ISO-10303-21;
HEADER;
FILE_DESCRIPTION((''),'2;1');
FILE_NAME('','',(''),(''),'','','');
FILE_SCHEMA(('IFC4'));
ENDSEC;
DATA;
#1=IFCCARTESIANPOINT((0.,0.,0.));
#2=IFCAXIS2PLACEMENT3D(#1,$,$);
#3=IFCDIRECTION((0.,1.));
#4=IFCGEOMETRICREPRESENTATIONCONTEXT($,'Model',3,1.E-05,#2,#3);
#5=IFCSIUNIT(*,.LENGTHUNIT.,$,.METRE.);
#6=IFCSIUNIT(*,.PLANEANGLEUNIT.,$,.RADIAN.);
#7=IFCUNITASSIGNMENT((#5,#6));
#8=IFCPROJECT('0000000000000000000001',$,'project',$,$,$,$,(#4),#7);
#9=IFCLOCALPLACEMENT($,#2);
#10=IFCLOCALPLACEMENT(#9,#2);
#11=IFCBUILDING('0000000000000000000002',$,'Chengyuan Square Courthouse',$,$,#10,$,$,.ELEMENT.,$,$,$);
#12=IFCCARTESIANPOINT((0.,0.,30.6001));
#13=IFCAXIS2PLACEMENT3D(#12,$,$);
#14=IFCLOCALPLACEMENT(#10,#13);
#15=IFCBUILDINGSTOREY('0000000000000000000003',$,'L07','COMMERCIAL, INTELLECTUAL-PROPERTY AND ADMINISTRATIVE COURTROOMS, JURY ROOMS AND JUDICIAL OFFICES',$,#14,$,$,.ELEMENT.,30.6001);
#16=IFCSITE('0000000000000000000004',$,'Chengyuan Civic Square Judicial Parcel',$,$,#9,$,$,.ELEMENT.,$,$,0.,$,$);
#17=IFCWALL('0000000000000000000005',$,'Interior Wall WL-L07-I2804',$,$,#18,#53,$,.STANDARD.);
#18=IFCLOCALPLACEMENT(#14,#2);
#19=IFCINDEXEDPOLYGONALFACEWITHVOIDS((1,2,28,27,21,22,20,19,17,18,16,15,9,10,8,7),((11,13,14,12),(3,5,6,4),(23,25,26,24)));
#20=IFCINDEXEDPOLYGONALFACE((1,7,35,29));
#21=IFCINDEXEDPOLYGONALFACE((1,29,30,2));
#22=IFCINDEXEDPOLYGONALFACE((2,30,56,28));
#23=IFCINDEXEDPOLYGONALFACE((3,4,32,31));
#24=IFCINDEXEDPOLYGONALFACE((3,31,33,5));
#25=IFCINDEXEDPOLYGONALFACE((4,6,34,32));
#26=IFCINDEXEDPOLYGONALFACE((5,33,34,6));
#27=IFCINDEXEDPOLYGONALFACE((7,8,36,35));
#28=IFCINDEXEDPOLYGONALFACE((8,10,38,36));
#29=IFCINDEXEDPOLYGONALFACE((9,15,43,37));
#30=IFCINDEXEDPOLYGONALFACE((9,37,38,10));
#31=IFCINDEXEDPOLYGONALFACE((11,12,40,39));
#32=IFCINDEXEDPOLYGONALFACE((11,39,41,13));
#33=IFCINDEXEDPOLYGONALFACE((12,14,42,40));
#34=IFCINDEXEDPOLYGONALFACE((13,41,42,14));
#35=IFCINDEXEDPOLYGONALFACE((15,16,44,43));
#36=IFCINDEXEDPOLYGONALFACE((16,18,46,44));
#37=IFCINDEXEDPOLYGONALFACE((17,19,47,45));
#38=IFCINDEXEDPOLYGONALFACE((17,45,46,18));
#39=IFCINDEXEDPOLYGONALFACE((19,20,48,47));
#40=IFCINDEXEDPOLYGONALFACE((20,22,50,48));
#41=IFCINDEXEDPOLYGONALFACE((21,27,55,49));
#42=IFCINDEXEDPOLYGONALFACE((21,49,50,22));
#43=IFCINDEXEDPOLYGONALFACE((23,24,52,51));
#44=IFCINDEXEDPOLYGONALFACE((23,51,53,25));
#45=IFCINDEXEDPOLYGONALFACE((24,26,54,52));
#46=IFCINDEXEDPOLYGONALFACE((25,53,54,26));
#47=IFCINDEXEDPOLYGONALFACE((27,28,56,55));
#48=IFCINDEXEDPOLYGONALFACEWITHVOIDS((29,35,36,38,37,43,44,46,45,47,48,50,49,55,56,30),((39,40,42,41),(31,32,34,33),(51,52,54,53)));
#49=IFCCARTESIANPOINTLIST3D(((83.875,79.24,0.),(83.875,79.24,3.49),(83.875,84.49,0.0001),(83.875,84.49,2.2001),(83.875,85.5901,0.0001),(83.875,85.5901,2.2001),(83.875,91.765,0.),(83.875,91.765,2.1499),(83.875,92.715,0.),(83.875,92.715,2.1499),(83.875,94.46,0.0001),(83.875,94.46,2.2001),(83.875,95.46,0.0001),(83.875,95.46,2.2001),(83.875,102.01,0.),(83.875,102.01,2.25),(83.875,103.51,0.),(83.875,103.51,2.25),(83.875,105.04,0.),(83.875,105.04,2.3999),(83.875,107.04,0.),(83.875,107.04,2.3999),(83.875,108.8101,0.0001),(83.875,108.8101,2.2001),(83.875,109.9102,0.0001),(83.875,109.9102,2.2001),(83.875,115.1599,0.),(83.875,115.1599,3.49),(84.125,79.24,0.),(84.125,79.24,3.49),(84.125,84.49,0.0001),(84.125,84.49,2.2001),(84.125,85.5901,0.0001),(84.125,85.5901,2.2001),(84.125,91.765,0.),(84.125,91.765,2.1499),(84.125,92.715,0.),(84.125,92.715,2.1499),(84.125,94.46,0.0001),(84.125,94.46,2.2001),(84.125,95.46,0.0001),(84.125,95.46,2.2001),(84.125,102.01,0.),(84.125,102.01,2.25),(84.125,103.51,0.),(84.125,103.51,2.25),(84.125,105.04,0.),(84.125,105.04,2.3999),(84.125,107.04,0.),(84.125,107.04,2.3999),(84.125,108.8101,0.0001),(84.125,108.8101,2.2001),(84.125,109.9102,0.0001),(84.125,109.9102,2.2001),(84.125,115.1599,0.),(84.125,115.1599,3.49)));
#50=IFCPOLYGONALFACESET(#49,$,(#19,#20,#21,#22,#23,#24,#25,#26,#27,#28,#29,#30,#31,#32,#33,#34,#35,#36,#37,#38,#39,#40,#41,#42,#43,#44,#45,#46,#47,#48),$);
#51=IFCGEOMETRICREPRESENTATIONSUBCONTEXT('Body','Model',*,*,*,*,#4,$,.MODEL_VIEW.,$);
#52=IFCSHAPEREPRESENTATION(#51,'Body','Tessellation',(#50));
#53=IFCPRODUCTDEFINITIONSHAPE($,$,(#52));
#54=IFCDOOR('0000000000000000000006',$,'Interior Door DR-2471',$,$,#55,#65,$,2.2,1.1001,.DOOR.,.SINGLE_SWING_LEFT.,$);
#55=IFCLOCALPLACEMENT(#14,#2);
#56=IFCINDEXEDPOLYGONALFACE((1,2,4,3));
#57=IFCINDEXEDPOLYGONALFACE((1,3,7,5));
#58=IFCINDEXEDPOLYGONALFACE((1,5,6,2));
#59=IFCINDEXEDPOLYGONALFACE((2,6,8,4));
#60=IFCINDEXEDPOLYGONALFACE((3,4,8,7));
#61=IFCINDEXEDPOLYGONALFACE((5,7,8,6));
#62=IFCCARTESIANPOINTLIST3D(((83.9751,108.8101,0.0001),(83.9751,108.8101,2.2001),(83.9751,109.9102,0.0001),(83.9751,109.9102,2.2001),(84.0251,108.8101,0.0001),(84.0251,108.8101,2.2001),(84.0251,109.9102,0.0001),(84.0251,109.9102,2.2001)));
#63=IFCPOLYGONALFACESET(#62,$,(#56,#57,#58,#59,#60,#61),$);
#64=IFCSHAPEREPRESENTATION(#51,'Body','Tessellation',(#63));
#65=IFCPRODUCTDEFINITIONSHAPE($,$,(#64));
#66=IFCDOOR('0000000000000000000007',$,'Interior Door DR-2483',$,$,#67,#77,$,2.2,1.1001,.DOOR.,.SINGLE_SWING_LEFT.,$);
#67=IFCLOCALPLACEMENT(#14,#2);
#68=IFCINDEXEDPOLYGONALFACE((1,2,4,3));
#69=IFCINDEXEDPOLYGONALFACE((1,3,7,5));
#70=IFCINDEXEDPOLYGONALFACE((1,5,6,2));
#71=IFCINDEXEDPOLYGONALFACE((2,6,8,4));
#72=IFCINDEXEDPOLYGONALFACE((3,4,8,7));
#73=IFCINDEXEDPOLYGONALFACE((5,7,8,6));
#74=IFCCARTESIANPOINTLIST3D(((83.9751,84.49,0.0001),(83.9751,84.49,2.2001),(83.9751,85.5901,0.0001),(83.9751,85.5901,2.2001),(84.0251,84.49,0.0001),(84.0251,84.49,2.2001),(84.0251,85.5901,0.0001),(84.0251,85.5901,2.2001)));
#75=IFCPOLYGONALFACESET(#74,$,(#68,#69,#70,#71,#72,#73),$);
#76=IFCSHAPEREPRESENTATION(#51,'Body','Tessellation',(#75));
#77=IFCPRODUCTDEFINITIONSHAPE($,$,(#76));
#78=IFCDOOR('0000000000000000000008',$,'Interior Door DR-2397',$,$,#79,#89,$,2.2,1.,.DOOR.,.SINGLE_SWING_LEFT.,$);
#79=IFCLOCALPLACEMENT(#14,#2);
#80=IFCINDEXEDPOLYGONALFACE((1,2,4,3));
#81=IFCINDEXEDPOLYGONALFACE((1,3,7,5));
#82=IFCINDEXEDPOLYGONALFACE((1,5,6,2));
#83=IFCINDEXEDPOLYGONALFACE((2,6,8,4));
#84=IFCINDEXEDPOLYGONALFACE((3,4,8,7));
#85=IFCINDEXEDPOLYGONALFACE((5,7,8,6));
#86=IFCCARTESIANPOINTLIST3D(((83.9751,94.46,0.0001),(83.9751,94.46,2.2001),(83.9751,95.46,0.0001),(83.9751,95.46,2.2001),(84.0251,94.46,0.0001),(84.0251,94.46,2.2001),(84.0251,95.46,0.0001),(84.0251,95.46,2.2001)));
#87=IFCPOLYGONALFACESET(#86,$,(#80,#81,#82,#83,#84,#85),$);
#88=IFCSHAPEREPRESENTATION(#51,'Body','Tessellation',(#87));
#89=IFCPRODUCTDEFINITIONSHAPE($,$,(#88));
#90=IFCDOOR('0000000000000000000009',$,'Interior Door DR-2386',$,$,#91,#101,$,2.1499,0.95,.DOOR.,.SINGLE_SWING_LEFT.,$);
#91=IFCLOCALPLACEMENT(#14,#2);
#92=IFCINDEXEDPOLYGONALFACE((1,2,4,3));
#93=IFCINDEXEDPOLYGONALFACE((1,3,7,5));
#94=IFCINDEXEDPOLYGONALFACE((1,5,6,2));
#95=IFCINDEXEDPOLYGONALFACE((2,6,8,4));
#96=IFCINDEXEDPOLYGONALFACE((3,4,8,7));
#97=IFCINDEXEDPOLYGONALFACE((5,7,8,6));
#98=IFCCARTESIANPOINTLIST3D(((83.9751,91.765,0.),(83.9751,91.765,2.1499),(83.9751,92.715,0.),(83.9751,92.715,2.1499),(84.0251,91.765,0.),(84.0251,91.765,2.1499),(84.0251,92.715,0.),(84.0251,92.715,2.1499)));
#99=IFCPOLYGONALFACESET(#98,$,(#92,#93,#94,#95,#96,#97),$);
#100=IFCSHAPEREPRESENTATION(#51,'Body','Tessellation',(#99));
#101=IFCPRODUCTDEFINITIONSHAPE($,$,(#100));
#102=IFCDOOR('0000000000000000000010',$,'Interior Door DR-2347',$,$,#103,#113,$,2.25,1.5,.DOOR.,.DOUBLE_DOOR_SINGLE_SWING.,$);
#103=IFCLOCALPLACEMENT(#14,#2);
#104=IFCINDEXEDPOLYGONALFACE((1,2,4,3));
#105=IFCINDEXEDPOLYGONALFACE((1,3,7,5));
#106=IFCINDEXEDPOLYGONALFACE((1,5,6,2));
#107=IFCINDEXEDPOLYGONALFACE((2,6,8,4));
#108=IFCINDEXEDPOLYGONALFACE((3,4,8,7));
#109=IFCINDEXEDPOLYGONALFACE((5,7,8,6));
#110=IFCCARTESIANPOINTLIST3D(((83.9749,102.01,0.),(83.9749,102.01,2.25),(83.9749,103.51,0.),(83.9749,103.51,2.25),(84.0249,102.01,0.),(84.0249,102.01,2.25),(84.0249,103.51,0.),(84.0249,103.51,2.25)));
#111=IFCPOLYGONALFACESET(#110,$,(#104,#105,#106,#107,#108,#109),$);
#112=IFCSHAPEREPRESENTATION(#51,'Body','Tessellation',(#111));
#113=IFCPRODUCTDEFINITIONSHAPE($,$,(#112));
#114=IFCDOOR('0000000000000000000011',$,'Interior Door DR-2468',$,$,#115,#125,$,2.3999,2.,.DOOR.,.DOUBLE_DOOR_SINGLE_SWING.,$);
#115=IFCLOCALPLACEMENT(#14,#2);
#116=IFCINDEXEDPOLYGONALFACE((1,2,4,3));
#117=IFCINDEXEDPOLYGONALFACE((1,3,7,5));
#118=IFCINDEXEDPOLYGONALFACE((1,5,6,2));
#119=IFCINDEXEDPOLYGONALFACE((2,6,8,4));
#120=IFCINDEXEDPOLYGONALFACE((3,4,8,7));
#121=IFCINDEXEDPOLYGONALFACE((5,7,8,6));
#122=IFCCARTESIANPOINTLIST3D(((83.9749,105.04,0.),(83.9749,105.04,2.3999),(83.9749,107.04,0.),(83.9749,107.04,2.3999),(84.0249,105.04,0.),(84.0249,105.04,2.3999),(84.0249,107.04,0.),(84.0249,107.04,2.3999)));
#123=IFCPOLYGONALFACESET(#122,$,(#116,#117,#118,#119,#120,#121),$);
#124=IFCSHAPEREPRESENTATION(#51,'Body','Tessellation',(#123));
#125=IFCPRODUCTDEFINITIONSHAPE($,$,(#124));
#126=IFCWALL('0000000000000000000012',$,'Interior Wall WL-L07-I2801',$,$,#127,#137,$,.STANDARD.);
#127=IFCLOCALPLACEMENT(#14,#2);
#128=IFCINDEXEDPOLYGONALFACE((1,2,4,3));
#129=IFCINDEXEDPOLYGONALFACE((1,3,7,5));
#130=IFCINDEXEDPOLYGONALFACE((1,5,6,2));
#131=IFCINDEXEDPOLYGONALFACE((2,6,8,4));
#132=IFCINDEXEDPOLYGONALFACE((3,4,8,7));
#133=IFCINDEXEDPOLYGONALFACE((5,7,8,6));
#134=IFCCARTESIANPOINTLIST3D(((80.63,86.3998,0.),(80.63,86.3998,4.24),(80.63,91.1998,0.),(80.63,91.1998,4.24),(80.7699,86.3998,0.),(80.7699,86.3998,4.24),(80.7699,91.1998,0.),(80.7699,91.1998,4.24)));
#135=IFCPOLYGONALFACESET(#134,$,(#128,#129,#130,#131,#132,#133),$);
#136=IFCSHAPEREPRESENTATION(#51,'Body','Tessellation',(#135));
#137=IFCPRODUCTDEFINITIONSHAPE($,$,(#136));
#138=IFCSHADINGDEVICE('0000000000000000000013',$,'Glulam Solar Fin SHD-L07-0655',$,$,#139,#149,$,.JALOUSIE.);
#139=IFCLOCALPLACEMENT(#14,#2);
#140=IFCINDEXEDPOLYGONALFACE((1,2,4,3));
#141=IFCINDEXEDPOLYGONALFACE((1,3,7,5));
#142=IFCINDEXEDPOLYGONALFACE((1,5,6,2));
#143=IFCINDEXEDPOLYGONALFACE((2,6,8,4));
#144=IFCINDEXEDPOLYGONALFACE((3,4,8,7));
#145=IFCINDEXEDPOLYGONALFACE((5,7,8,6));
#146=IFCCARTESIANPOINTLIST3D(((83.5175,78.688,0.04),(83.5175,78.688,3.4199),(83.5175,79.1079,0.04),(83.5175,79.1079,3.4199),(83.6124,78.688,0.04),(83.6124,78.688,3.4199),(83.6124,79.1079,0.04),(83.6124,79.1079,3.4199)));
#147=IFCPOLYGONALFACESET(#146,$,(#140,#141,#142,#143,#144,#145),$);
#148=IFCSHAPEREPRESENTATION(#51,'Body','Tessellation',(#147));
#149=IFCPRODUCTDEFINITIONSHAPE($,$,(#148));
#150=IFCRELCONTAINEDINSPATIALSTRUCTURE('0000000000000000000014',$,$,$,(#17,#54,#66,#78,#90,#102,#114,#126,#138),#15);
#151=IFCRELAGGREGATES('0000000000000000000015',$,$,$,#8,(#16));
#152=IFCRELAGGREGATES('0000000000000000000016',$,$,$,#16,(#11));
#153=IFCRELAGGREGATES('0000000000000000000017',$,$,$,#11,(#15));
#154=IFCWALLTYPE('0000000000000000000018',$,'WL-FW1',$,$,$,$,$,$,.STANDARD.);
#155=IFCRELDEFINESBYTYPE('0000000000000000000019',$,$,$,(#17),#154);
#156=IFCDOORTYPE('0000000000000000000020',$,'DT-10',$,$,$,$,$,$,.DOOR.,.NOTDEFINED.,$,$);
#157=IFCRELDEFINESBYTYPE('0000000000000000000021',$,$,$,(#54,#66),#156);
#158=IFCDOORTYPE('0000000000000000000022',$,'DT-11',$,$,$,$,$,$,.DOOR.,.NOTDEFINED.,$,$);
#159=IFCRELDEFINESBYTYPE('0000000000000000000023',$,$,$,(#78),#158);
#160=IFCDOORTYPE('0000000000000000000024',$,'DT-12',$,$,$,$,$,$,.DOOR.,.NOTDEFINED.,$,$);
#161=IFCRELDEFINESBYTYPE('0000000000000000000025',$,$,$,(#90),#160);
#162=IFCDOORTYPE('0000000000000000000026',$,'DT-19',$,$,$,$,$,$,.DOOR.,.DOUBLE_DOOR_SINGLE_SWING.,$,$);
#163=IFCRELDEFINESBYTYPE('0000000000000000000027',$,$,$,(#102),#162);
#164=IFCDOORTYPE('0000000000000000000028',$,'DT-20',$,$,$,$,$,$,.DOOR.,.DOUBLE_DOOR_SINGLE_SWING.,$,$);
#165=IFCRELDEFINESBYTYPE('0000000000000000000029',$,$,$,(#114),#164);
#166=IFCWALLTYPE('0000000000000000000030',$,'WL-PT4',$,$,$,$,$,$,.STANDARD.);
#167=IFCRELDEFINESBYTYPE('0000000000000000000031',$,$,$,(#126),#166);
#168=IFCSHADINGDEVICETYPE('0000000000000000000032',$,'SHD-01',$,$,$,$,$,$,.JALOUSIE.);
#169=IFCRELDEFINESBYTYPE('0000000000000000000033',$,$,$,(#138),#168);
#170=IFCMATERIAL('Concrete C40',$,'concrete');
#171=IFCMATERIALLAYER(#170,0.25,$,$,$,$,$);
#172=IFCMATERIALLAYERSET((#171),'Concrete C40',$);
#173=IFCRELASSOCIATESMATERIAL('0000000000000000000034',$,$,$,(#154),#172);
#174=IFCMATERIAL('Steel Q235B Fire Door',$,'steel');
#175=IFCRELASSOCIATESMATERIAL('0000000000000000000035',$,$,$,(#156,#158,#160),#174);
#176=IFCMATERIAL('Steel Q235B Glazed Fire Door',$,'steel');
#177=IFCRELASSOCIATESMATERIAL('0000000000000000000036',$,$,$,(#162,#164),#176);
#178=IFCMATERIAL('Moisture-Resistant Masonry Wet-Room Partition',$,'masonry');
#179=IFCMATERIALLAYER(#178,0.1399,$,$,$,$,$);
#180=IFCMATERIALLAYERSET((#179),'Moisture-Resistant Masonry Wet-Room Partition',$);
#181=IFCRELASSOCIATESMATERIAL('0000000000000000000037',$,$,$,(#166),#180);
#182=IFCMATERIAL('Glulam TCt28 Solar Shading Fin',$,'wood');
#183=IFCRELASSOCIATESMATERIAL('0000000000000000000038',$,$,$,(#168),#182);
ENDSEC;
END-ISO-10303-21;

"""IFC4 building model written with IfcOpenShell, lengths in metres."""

from ifc_helpers import new_model, si_unit, direction, frame, frame_2d, origin, origin_2d, place, context, subcontext, project, spatial, rectangle, extrude, material, layer, layer_set, type_object, element, fill, save


model = new_model("IFC4")

# Units and contexts
model_context = context("Model", 3, precision=1e-05, world=origin(), true_north=direction((0.0, 1.0)))
body_context = subcontext(model_context, "Body", "Model", "MODEL_VIEW")
ifc_project = project(units=[si_unit("LENGTHUNIT", "METRE"), si_unit("PLANEANGLEUNIT", "RADIAN")], contexts=[model_context])

# Site, building, storey
site_placement = place(None, origin())
site = spatial("IfcSite", under=ifc_project, at=site_placement, Name="Chengyuan Civic Square Judicial Parcel", CompositionType="ELEMENT", RefElevation=0.0)
building_placement = place(site_placement, origin())
building = spatial("IfcBuilding", under=site, at=building_placement, Name="Chengyuan Square Courthouse", CompositionType="ELEMENT")
storey_placement = place(building_placement, frame((0.0, 0.0, 30.6001)))
storey = spatial("IfcBuildingStorey", under=building, at=storey_placement, Name="L07", Description="COMMERCIAL, INTELLECTUAL-PROPERTY AND ADMINISTRATIVE COURTROOMS, JURY ROOMS AND JUDICIAL OFFICES", CompositionType="ELEMENT", Elevation=30.6001)

# Shared definitions
ifc_material_1 = material(Name="Concrete C40", Category="concrete")

# Wall, openings, doors
ifc_layer_1 = layer(ifc_material_1, 0.25)
ifc_layer_set_1 = layer_set([ifc_layer_1], Name="Concrete C40")
wall_type_1 = type_object("IfcWallType", Name="WL-FW1", PredefinedType="STANDARD", material=ifc_layer_set_1)
wall_1_placement = place(storey_placement, frame((84.0, 79.24, 0.0), z_axis=(0.0, 0.0, 1.0), x_axis=(0.0, 1.0, 0.0)))
wall_1 = element("IfcWall", 1, at=wall_1_placement, inside=storey, type_object=wall_type_1, Name="Interior Wall WL-L07-I2804", PredefinedType="STANDARD", context=body_context, shape_type="SweptSolid", body=[
    extrude(rectangle(XDim=35.9199, YDim=0.25, at=frame_2d((17.96, 0.0))), origin(), (0.0, 0.0, 1.0), 3.49),
])
opening_1_placement = place(wall_1_placement, frame((22.77, 0.0, 0.0)))
opening_1 = element("IfcOpeningElement", 2, at=opening_1_placement, cuts=wall_1, PredefinedType="OPENING", context=body_context, shape_type="SweptSolid", body=[
    extrude(rectangle(XDim=1.5, YDim=2.25, at=frame_2d((0.75, 1.125))), frame((0.0, 0.137, 0.0), z_axis=(0.0, -1.0, 0.0), x_axis=(1.0, 0.0, 0.0)), (0.0, 0.0, 1.0), 0.2739),
])
opening_2_placement = place(wall_1_placement, frame((12.5249, 0.0, 0.0)))
opening_2 = element("IfcOpeningElement", 3, at=opening_2_placement, cuts=wall_1, PredefinedType="OPENING", context=body_context, shape_type="SweptSolid", body=[
    extrude(rectangle(XDim=0.95, YDim=2.1499, at=frame_2d((0.4751, 1.075))), frame((0.0, 0.137, 0.0), z_axis=(0.0, -1.0, 0.0), x_axis=(1.0, 0.0, 0.0)), (0.0, 0.0, 1.0), 0.2739),
])
opening_3_placement = place(wall_1_placement, frame((15.22, 0.0, 0.0)))
opening_3 = element("IfcOpeningElement", 4, at=opening_3_placement, cuts=wall_1, PredefinedType="OPENING", context=body_context, shape_type="SweptSolid", body=[
    extrude(rectangle(XDim=1.0, YDim=2.2, at=frame_2d((0.5, 1.1001))), frame((0.0, 0.137, 0.0), z_axis=(0.0, -1.0, 0.0), x_axis=(1.0, 0.0, 0.0)), (0.0, 0.0, 1.0), 0.2739),
])
opening_4_placement = place(wall_1_placement, frame((25.8, 0.0, 0.0)))
opening_4 = element("IfcOpeningElement", 5, at=opening_4_placement, cuts=wall_1, PredefinedType="OPENING", context=body_context, shape_type="SweptSolid", body=[
    extrude(rectangle(XDim=2.0, YDim=2.3999, at=frame_2d((1.0, 1.2))), frame((0.0, 0.137, 0.0), z_axis=(0.0, -1.0, 0.0), x_axis=(1.0, 0.0, 0.0)), (0.0, 0.0, 1.0), 0.2739),
])
opening_5_placement = place(wall_1_placement, frame((29.5701, 0.0, 0.0)))
opening_5 = element("IfcOpeningElement", 6, at=opening_5_placement, cuts=wall_1, PredefinedType="OPENING", context=body_context, shape_type="SweptSolid", body=[
    extrude(rectangle(XDim=1.1001, YDim=2.2, at=frame_2d((0.55, 1.1001))), frame((0.0, 0.137, 0.0), z_axis=(0.0, -1.0, 0.0), x_axis=(1.0, 0.0, 0.0)), (0.0, 0.0, 1.0), 0.2739),
])
opening_6_placement = place(wall_1_placement, frame((5.25, 0.0, 0.0)))
opening_6 = element("IfcOpeningElement", 7, at=opening_6_placement, cuts=wall_1, PredefinedType="OPENING", context=body_context, shape_type="SweptSolid", body=[
    extrude(rectangle(XDim=1.1001, YDim=2.2, at=frame_2d((0.55, 1.1001))), frame((0.0, 0.137, 0.0), z_axis=(0.0, -1.0, 0.0), x_axis=(1.0, 0.0, 0.0)), (0.0, 0.0, 1.0), 0.2739),
])
ifc_material_2 = material(Name="Steel Q235B Fire Door", Category="steel")
door_type_1 = type_object("IfcDoorType", Name="DT-10", OperationType="NOTDEFINED", PredefinedType="DOOR", material=ifc_material_2)
door_1_placement = place(opening_5_placement, origin())
door_1 = element("IfcDoor", 8, at=door_1_placement, inside=storey, type_object=door_type_1, Name="Interior Door DR-2471", OperationType="SINGLE_SWING_LEFT", OverallHeight=2.2, OverallWidth=1.1001, PredefinedType="DOOR", context=body_context, shape_type="SweptSolid", body=[
    extrude(rectangle(XDim=1.1001, YDim=2.2, at=frame_2d((0.55, 1.1001))), frame((0.0, 0.0249, 0.0), z_axis=(0.0, -1.0, 0.0), x_axis=(1.0, 0.0, 0.0)), (0.0, 0.0, 1.0), 0.05),
])
fill(opening_5, door_1)
door_2_placement = place(opening_6_placement, origin())
door_2 = element("IfcDoor", 9, at=door_2_placement, inside=storey, type_object=door_type_1, Name="Interior Door DR-2483", OperationType="SINGLE_SWING_LEFT", OverallHeight=2.2, OverallWidth=1.1001, PredefinedType="DOOR", context=body_context, shape_type="SweptSolid", body=[
    extrude(rectangle(XDim=1.1001, YDim=2.2, at=frame_2d((0.55, 1.1001))), frame((0.0, 0.0249, 0.0), z_axis=(0.0, -1.0, 0.0), x_axis=(1.0, 0.0, 0.0)), (0.0, 0.0, 1.0), 0.05),
])
fill(opening_6, door_2)
door_type_2 = type_object("IfcDoorType", Name="DT-11", OperationType="NOTDEFINED", PredefinedType="DOOR", material=ifc_material_2)
door_3_placement = place(opening_3_placement, origin())
door_3 = element("IfcDoor", 10, at=door_3_placement, inside=storey, type_object=door_type_2, Name="Interior Door DR-2397", OperationType="SINGLE_SWING_LEFT", OverallHeight=2.2, OverallWidth=1.0, PredefinedType="DOOR", context=body_context, shape_type="SweptSolid", body=[
    extrude(rectangle(XDim=1.0, YDim=2.2, at=frame_2d((0.5, 1.1001))), frame((0.0, 0.0249, 0.0), z_axis=(0.0, -1.0, 0.0), x_axis=(1.0, 0.0, 0.0)), (0.0, 0.0, 1.0), 0.05),
])
fill(opening_3, door_3)
door_type_3 = type_object("IfcDoorType", Name="DT-12", OperationType="NOTDEFINED", PredefinedType="DOOR", material=ifc_material_2)
door_4_placement = place(opening_2_placement, origin())
door_4 = element("IfcDoor", 11, at=door_4_placement, inside=storey, type_object=door_type_3, Name="Interior Door DR-2386", OperationType="SINGLE_SWING_LEFT", OverallHeight=2.1499, OverallWidth=0.95, PredefinedType="DOOR", context=body_context, shape_type="SweptSolid", body=[
    extrude(rectangle(XDim=0.95, YDim=2.1499, at=frame_2d((0.4751, 1.075))), frame((0.0, 0.0249, 0.0), z_axis=(0.0, -1.0, 0.0), x_axis=(1.0, 0.0, 0.0)), (0.0, 0.0, 1.0), 0.05),
])
fill(opening_2, door_4)
ifc_material_3 = material(Name="Steel Q235B Glazed Fire Door", Category="steel")
door_type_4 = type_object("IfcDoorType", Name="DT-19", OperationType="DOUBLE_DOOR_SINGLE_SWING", PredefinedType="DOOR", material=ifc_material_3)
door_5_placement = place(opening_1_placement, frame((1.5, 0.0, 0.0), z_axis=(0.0, 0.0, 1.0), x_axis=(-1.0, 0.0, 0.0)))
door_5 = element("IfcDoor", 12, at=door_5_placement, inside=storey, type_object=door_type_4, Name="Interior Door DR-2347", OperationType="DOUBLE_DOOR_SINGLE_SWING", OverallHeight=2.25, OverallWidth=1.5, PredefinedType="DOOR", context=body_context, shape_type="SweptSolid", body=[
    extrude(rectangle(XDim=1.5, YDim=2.25, at=frame_2d((0.75, 1.125))), frame((0.0, 0.0249, 0.0), z_axis=(0.0, -1.0, 0.0), x_axis=(1.0, 0.0, 0.0)), (0.0, 0.0, 1.0), 0.05),
])
fill(opening_1, door_5)
door_type_5 = type_object("IfcDoorType", Name="DT-20", OperationType="DOUBLE_DOOR_SINGLE_SWING", PredefinedType="DOOR", material=ifc_material_3)
door_6_placement = place(opening_4_placement, frame((2.0, 0.0, 0.0), z_axis=(0.0, 0.0, 1.0), x_axis=(-1.0, 0.0, 0.0)))
door_6 = element("IfcDoor", 13, at=door_6_placement, inside=storey, type_object=door_type_5, Name="Interior Door DR-2468", OperationType="DOUBLE_DOOR_SINGLE_SWING", OverallHeight=2.3999, OverallWidth=2.0, PredefinedType="DOOR", context=body_context, shape_type="SweptSolid", body=[
    extrude(rectangle(XDim=2.0, YDim=2.3999, at=frame_2d((1.0, 1.2))), frame((0.0, 0.0249, 0.0), z_axis=(0.0, -1.0, 0.0), x_axis=(1.0, 0.0, 0.0)), (0.0, 0.0, 1.0), 0.05),
])
fill(opening_4, door_6)

# Wall
ifc_material_4 = material(Name="Moisture-Resistant Masonry Wet-Room Partition", Category="masonry")
ifc_layer_2 = layer(ifc_material_4, 0.1399)
ifc_layer_set_2 = layer_set([ifc_layer_2], Name="Moisture-Resistant Masonry Wet-Room Partition")
wall_type_2 = type_object("IfcWallType", Name="WL-PT4", PredefinedType="STANDARD", material=ifc_layer_set_2)
wall_2_placement = place(storey_placement, frame((80.7, 86.3999, 0.0), z_axis=(0.0, 0.0, 1.0), x_axis=(0.0, 1.0, 0.0)))
element("IfcWall", 14, at=wall_2_placement, inside=storey, type_object=wall_type_2, Name="Interior Wall WL-L07-I2801", PredefinedType="STANDARD", context=body_context, shape_type="SweptSolid", body=[
    extrude(rectangle(XDim=4.8, YDim=0.1399, at=frame_2d((2.3999, 0.0))), origin(), (0.0, 0.0, 1.0), 4.24),
])

# Shading device
ifc_material_5 = material(Name="Glulam TCt28 Solar Shading Fin", Category="wood")
shading_device_type_1 = type_object("IfcShadingDeviceType", Name="SHD-01", PredefinedType="JALOUSIE", material=ifc_material_5)
shading_device_1_placement = place(storey_placement, frame((83.5649, 78.8979, 0.04), z_axis=(0.0, 0.0, 1.0), x_axis=(0.0, 1.0, 0.0)))
element("IfcShadingDevice", 15, at=shading_device_1_placement, inside=storey, type_object=shading_device_type_1, Name="Glulam Solar Fin SHD-L07-0655", PredefinedType="JALOUSIE", context=body_context, shape_type="SweptSolid", body=[
    extrude(rectangle(XDim=0.4199, YDim=0.095, at=origin_2d()), origin(), (0.0, 0.0, 1.0), 3.3799),
])

save(model, "model.ifc")
